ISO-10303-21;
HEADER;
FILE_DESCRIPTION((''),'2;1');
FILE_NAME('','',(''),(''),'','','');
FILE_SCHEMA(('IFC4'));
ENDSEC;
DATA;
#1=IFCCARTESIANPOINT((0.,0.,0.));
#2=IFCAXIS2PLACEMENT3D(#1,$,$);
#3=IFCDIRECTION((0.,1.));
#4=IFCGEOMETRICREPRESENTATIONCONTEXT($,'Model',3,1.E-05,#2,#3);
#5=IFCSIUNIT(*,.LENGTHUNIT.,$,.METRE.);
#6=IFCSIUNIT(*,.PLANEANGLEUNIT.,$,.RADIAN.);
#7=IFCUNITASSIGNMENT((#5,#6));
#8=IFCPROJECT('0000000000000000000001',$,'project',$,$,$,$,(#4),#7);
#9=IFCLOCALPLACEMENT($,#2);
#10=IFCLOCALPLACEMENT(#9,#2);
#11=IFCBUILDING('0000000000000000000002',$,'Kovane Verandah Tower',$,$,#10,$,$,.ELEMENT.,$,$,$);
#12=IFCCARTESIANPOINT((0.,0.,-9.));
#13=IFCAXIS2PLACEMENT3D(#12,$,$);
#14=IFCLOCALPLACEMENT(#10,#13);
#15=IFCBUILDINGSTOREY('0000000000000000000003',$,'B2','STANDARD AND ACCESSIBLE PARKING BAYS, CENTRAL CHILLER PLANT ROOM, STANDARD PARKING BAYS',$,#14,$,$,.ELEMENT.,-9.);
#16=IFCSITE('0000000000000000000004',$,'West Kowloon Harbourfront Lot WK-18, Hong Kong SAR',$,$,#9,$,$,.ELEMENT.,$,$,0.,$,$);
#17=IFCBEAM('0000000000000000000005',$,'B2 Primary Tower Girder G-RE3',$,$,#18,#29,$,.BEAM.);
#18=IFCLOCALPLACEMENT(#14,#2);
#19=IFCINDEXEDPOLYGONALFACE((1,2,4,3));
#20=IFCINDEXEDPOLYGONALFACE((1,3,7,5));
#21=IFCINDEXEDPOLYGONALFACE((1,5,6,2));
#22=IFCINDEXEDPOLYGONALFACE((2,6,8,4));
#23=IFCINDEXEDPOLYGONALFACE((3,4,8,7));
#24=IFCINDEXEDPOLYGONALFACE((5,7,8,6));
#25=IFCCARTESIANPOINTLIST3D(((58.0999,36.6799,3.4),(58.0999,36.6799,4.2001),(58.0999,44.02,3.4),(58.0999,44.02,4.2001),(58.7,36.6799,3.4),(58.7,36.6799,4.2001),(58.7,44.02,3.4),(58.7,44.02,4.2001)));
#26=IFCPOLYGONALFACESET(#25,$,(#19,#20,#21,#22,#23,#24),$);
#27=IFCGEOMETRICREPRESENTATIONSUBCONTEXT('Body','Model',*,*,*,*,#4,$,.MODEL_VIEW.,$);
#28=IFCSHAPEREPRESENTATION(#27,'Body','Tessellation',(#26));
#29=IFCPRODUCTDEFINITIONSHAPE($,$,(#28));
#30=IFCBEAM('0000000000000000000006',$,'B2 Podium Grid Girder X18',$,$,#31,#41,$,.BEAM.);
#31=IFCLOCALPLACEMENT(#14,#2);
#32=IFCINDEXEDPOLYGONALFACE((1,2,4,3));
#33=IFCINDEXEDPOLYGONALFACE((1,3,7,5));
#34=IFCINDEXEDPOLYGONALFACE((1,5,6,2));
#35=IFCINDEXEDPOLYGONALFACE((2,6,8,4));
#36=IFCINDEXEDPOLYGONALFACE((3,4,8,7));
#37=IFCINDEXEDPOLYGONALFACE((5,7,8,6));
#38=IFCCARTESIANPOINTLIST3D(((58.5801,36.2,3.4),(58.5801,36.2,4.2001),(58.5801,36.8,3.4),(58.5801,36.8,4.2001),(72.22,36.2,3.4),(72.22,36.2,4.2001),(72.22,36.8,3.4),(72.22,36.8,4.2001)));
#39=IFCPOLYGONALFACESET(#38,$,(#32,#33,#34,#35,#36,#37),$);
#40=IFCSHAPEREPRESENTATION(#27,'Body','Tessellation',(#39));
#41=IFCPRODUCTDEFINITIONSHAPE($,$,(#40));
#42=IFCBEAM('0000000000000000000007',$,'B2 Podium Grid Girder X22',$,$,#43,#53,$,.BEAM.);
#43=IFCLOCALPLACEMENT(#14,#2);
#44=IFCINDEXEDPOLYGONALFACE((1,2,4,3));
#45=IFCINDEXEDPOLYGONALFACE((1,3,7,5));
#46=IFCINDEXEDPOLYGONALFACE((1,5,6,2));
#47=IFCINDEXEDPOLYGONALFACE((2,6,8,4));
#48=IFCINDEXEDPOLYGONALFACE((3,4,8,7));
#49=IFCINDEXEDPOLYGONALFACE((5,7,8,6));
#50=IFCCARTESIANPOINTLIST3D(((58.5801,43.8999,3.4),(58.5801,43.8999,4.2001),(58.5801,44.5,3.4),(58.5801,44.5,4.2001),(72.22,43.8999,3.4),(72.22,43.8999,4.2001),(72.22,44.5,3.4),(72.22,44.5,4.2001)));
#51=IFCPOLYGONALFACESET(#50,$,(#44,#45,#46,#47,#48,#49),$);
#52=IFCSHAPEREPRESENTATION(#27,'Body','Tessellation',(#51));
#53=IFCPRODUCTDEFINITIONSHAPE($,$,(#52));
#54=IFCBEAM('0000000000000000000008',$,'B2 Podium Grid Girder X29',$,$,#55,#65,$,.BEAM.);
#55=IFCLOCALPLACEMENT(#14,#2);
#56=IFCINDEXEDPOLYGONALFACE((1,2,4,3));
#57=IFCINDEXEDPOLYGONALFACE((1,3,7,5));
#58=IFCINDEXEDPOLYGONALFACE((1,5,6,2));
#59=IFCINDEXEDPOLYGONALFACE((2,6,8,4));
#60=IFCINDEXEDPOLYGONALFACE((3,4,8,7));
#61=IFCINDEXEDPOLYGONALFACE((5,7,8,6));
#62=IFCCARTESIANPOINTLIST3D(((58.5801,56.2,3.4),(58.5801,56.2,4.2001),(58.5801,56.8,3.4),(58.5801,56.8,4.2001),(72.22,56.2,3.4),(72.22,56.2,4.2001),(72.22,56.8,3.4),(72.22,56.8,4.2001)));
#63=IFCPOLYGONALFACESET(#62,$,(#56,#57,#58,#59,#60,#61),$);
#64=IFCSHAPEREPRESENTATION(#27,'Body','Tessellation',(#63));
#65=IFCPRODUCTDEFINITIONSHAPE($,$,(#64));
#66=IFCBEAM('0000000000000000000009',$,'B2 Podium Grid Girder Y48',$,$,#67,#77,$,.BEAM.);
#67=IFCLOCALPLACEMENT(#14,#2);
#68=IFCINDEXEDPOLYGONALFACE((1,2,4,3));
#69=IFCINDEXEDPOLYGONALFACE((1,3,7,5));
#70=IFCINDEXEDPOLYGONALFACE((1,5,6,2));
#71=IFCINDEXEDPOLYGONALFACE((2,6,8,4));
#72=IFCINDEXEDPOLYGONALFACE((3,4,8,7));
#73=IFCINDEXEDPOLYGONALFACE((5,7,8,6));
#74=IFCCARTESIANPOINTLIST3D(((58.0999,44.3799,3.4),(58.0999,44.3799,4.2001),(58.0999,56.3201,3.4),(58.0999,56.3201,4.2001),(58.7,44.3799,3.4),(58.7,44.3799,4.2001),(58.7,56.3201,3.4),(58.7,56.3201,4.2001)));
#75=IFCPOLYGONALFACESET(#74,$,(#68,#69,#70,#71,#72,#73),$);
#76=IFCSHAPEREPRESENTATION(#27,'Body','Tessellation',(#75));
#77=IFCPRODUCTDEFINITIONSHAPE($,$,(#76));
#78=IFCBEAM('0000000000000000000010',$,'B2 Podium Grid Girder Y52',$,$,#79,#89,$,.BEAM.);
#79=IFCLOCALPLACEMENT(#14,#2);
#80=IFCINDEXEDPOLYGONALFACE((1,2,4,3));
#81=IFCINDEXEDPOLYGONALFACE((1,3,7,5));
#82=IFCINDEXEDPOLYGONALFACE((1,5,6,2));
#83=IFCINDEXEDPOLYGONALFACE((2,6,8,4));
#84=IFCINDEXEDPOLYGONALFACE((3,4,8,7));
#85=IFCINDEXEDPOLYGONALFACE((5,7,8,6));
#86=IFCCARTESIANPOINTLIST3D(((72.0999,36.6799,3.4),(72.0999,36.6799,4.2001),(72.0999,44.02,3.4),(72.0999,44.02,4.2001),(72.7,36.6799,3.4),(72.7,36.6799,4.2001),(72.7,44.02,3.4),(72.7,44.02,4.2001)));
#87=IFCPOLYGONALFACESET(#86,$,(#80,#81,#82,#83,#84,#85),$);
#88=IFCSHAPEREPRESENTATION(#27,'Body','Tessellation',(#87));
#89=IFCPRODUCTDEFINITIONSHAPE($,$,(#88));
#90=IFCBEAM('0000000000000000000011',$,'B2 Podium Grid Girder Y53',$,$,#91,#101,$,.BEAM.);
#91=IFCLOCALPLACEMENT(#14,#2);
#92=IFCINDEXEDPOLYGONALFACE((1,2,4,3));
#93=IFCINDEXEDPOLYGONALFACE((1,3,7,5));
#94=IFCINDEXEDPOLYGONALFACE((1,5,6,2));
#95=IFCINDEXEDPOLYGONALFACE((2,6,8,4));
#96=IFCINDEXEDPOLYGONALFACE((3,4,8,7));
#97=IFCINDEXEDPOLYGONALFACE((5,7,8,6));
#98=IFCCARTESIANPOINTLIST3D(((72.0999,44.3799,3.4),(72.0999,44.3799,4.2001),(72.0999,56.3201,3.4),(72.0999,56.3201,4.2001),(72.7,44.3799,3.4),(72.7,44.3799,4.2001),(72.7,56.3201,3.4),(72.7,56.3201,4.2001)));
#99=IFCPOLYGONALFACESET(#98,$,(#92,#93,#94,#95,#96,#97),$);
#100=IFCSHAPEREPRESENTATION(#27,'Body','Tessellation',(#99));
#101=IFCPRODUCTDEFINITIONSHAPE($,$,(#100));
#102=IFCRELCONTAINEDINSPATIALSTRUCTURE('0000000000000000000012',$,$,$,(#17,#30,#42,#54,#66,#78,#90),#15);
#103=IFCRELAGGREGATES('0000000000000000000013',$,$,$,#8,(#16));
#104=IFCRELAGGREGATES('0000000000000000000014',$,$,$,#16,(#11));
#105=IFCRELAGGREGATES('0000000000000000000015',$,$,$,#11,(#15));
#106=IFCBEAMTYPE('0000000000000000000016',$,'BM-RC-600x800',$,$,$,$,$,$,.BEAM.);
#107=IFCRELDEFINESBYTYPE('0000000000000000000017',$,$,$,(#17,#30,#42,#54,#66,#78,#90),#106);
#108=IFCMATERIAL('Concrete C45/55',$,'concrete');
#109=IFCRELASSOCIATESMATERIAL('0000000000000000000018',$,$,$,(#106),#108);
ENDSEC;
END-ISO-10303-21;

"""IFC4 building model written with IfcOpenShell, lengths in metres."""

from ifc_helpers import new_model, si_unit, direction, frame, origin, origin_2d, place, context, subcontext, project, spatial, rectangle, extrude, material, material_profile, profile_set, type_object, element, save


model = new_model("IFC4")

# Units and contexts
model_context = context("Model", 3, precision=1e-05, world=origin(), true_north=direction((0.0, 1.0)))
body_context = subcontext(model_context, "Body", "Model", "MODEL_VIEW")
ifc_project = project(units=[si_unit("LENGTHUNIT", "METRE"), si_unit("PLANEANGLEUNIT", "RADIAN")], contexts=[model_context])

# Site, building, storey
site_placement = place(None, origin())
site = spatial("IfcSite", under=ifc_project, at=site_placement, Name="West Kowloon Harbourfront Lot WK-18, Hong Kong SAR", CompositionType="ELEMENT", RefElevation=0.0)
building_placement = place(site_placement, origin())
building = spatial("IfcBuilding", under=site, at=building_placement, Name="Kovane Verandah Tower", CompositionType="ELEMENT")
storey_placement = place(building_placement, frame((0.0, 0.0, -9.0)))
storey = spatial("IfcBuildingStorey", under=building, at=storey_placement, Name="B2", Description="STANDARD AND ACCESSIBLE PARKING BAYS, CENTRAL CHILLER PLANT ROOM, STANDARD PARKING BAYS", CompositionType="ELEMENT", Elevation=-9.0)

# Beams
ifc_material_1 = material(Name="Concrete C45/55", Category="concrete")
ifc_material_profile_1 = material_profile(ifc_material_1, rectangle(XDim=0.6001, YDim=0.8, at=origin_2d()), Name="RCB600x800")
ifc_profile_set_1 = profile_set([ifc_material_profile_1], Name="Concrete C45/55")
beam_type_1 = type_object("IfcBeamType", Name="BM-RC-600x800", PredefinedType="BEAM", material=ifc_profile_set_1)
beam_1_placement = place(storey_placement, frame((58.3999, 36.6799, 3.8), z_axis=(0.0, 1.0, 0.0), x_axis=(-1.0, 0.0, 0.0)))
element("IfcBeam", 1, at=beam_1_placement, inside=storey, type_object=beam_type_1, Name="B2 Primary Tower Girder G-RE3", PredefinedType="BEAM", context=body_context, shape_type="SweptSolid", body=[
    extrude(rectangle(XDim=0.6001, YDim=0.8, at=origin_2d()), origin(), (0.0, 0.0, 1.0), 7.3401),
])
for number, where, z_axis, x_axis, name in (
    (2, (58.5801, 36.5, 3.8), (1.0, 0.0, 0.0), (0.0, 1.0, 0.0), "B2 Podium Grid Girder X18"),
    (3, (58.5801, 44.2, 3.8), (1.0, 0.0, 0.0), (0.0, 1.0, 0.0), "B2 Podium Grid Girder X22"),
    (4, (58.5801, 56.5, 3.8), (1.0, 0.0, 0.0), (0.0, 1.0, 0.0), "B2 Podium Grid Girder X29"),
):
    element("IfcBeam", number, at=place(storey_placement, frame(where, z_axis=z_axis, x_axis=x_axis)), inside=storey, type_object=beam_type_1, Name=name, PredefinedType="BEAM", context=body_context, shape_type="SweptSolid", body=[
        extrude(rectangle(XDim=0.6001, YDim=0.8, at=origin_2d()), origin(), (0.0, 0.0, 1.0), 13.6399),
    ])
beam_2_placement = place(storey_placement, frame((58.3999, 44.3799, 3.8), z_axis=(0.0, 1.0, 0.0), x_axis=(-1.0, 0.0, 0.0)))
element("IfcBeam", 5, at=beam_2_placement, inside=storey, type_object=beam_type_1, Name="B2 Podium Grid Girder Y48", PredefinedType="BEAM", context=body_context, shape_type="SweptSolid", body=[
    extrude(rectangle(XDim=0.6001, YDim=0.8, at=origin_2d()), origin(), (0.0, 0.0, 1.0), 11.9402),
])
beam_3_placement = place(storey_placement, frame((72.3999, 36.6799, 3.8), z_axis=(0.0, 1.0, 0.0), x_axis=(-1.0, 0.0, 0.0)))
element("IfcBeam", 6, at=beam_3_placement, inside=storey, type_object=beam_type_1, Name="B2 Podium Grid Girder Y52", PredefinedType="BEAM", context=body_context, shape_type="SweptSolid", body=[
    extrude(rectangle(XDim=0.6001, YDim=0.8, at=origin_2d()), origin(), (0.0, 0.0, 1.0), 7.3401),
])
beam_4_placement = place(storey_placement, frame((72.3999, 44.3799, 3.8), z_axis=(0.0, 1.0, 0.0), x_axis=(-1.0, 0.0, 0.0)))
element("IfcBeam", 7, at=beam_4_placement, inside=storey, type_object=beam_type_1, Name="B2 Podium Grid Girder Y53", PredefinedType="BEAM", context=body_context, shape_type="SweptSolid", body=[
    extrude(rectangle(XDim=0.6001, YDim=0.8, at=origin_2d()), origin(), (0.0, 0.0, 1.0), 11.9402),
])

save(model, "model.ifc")
